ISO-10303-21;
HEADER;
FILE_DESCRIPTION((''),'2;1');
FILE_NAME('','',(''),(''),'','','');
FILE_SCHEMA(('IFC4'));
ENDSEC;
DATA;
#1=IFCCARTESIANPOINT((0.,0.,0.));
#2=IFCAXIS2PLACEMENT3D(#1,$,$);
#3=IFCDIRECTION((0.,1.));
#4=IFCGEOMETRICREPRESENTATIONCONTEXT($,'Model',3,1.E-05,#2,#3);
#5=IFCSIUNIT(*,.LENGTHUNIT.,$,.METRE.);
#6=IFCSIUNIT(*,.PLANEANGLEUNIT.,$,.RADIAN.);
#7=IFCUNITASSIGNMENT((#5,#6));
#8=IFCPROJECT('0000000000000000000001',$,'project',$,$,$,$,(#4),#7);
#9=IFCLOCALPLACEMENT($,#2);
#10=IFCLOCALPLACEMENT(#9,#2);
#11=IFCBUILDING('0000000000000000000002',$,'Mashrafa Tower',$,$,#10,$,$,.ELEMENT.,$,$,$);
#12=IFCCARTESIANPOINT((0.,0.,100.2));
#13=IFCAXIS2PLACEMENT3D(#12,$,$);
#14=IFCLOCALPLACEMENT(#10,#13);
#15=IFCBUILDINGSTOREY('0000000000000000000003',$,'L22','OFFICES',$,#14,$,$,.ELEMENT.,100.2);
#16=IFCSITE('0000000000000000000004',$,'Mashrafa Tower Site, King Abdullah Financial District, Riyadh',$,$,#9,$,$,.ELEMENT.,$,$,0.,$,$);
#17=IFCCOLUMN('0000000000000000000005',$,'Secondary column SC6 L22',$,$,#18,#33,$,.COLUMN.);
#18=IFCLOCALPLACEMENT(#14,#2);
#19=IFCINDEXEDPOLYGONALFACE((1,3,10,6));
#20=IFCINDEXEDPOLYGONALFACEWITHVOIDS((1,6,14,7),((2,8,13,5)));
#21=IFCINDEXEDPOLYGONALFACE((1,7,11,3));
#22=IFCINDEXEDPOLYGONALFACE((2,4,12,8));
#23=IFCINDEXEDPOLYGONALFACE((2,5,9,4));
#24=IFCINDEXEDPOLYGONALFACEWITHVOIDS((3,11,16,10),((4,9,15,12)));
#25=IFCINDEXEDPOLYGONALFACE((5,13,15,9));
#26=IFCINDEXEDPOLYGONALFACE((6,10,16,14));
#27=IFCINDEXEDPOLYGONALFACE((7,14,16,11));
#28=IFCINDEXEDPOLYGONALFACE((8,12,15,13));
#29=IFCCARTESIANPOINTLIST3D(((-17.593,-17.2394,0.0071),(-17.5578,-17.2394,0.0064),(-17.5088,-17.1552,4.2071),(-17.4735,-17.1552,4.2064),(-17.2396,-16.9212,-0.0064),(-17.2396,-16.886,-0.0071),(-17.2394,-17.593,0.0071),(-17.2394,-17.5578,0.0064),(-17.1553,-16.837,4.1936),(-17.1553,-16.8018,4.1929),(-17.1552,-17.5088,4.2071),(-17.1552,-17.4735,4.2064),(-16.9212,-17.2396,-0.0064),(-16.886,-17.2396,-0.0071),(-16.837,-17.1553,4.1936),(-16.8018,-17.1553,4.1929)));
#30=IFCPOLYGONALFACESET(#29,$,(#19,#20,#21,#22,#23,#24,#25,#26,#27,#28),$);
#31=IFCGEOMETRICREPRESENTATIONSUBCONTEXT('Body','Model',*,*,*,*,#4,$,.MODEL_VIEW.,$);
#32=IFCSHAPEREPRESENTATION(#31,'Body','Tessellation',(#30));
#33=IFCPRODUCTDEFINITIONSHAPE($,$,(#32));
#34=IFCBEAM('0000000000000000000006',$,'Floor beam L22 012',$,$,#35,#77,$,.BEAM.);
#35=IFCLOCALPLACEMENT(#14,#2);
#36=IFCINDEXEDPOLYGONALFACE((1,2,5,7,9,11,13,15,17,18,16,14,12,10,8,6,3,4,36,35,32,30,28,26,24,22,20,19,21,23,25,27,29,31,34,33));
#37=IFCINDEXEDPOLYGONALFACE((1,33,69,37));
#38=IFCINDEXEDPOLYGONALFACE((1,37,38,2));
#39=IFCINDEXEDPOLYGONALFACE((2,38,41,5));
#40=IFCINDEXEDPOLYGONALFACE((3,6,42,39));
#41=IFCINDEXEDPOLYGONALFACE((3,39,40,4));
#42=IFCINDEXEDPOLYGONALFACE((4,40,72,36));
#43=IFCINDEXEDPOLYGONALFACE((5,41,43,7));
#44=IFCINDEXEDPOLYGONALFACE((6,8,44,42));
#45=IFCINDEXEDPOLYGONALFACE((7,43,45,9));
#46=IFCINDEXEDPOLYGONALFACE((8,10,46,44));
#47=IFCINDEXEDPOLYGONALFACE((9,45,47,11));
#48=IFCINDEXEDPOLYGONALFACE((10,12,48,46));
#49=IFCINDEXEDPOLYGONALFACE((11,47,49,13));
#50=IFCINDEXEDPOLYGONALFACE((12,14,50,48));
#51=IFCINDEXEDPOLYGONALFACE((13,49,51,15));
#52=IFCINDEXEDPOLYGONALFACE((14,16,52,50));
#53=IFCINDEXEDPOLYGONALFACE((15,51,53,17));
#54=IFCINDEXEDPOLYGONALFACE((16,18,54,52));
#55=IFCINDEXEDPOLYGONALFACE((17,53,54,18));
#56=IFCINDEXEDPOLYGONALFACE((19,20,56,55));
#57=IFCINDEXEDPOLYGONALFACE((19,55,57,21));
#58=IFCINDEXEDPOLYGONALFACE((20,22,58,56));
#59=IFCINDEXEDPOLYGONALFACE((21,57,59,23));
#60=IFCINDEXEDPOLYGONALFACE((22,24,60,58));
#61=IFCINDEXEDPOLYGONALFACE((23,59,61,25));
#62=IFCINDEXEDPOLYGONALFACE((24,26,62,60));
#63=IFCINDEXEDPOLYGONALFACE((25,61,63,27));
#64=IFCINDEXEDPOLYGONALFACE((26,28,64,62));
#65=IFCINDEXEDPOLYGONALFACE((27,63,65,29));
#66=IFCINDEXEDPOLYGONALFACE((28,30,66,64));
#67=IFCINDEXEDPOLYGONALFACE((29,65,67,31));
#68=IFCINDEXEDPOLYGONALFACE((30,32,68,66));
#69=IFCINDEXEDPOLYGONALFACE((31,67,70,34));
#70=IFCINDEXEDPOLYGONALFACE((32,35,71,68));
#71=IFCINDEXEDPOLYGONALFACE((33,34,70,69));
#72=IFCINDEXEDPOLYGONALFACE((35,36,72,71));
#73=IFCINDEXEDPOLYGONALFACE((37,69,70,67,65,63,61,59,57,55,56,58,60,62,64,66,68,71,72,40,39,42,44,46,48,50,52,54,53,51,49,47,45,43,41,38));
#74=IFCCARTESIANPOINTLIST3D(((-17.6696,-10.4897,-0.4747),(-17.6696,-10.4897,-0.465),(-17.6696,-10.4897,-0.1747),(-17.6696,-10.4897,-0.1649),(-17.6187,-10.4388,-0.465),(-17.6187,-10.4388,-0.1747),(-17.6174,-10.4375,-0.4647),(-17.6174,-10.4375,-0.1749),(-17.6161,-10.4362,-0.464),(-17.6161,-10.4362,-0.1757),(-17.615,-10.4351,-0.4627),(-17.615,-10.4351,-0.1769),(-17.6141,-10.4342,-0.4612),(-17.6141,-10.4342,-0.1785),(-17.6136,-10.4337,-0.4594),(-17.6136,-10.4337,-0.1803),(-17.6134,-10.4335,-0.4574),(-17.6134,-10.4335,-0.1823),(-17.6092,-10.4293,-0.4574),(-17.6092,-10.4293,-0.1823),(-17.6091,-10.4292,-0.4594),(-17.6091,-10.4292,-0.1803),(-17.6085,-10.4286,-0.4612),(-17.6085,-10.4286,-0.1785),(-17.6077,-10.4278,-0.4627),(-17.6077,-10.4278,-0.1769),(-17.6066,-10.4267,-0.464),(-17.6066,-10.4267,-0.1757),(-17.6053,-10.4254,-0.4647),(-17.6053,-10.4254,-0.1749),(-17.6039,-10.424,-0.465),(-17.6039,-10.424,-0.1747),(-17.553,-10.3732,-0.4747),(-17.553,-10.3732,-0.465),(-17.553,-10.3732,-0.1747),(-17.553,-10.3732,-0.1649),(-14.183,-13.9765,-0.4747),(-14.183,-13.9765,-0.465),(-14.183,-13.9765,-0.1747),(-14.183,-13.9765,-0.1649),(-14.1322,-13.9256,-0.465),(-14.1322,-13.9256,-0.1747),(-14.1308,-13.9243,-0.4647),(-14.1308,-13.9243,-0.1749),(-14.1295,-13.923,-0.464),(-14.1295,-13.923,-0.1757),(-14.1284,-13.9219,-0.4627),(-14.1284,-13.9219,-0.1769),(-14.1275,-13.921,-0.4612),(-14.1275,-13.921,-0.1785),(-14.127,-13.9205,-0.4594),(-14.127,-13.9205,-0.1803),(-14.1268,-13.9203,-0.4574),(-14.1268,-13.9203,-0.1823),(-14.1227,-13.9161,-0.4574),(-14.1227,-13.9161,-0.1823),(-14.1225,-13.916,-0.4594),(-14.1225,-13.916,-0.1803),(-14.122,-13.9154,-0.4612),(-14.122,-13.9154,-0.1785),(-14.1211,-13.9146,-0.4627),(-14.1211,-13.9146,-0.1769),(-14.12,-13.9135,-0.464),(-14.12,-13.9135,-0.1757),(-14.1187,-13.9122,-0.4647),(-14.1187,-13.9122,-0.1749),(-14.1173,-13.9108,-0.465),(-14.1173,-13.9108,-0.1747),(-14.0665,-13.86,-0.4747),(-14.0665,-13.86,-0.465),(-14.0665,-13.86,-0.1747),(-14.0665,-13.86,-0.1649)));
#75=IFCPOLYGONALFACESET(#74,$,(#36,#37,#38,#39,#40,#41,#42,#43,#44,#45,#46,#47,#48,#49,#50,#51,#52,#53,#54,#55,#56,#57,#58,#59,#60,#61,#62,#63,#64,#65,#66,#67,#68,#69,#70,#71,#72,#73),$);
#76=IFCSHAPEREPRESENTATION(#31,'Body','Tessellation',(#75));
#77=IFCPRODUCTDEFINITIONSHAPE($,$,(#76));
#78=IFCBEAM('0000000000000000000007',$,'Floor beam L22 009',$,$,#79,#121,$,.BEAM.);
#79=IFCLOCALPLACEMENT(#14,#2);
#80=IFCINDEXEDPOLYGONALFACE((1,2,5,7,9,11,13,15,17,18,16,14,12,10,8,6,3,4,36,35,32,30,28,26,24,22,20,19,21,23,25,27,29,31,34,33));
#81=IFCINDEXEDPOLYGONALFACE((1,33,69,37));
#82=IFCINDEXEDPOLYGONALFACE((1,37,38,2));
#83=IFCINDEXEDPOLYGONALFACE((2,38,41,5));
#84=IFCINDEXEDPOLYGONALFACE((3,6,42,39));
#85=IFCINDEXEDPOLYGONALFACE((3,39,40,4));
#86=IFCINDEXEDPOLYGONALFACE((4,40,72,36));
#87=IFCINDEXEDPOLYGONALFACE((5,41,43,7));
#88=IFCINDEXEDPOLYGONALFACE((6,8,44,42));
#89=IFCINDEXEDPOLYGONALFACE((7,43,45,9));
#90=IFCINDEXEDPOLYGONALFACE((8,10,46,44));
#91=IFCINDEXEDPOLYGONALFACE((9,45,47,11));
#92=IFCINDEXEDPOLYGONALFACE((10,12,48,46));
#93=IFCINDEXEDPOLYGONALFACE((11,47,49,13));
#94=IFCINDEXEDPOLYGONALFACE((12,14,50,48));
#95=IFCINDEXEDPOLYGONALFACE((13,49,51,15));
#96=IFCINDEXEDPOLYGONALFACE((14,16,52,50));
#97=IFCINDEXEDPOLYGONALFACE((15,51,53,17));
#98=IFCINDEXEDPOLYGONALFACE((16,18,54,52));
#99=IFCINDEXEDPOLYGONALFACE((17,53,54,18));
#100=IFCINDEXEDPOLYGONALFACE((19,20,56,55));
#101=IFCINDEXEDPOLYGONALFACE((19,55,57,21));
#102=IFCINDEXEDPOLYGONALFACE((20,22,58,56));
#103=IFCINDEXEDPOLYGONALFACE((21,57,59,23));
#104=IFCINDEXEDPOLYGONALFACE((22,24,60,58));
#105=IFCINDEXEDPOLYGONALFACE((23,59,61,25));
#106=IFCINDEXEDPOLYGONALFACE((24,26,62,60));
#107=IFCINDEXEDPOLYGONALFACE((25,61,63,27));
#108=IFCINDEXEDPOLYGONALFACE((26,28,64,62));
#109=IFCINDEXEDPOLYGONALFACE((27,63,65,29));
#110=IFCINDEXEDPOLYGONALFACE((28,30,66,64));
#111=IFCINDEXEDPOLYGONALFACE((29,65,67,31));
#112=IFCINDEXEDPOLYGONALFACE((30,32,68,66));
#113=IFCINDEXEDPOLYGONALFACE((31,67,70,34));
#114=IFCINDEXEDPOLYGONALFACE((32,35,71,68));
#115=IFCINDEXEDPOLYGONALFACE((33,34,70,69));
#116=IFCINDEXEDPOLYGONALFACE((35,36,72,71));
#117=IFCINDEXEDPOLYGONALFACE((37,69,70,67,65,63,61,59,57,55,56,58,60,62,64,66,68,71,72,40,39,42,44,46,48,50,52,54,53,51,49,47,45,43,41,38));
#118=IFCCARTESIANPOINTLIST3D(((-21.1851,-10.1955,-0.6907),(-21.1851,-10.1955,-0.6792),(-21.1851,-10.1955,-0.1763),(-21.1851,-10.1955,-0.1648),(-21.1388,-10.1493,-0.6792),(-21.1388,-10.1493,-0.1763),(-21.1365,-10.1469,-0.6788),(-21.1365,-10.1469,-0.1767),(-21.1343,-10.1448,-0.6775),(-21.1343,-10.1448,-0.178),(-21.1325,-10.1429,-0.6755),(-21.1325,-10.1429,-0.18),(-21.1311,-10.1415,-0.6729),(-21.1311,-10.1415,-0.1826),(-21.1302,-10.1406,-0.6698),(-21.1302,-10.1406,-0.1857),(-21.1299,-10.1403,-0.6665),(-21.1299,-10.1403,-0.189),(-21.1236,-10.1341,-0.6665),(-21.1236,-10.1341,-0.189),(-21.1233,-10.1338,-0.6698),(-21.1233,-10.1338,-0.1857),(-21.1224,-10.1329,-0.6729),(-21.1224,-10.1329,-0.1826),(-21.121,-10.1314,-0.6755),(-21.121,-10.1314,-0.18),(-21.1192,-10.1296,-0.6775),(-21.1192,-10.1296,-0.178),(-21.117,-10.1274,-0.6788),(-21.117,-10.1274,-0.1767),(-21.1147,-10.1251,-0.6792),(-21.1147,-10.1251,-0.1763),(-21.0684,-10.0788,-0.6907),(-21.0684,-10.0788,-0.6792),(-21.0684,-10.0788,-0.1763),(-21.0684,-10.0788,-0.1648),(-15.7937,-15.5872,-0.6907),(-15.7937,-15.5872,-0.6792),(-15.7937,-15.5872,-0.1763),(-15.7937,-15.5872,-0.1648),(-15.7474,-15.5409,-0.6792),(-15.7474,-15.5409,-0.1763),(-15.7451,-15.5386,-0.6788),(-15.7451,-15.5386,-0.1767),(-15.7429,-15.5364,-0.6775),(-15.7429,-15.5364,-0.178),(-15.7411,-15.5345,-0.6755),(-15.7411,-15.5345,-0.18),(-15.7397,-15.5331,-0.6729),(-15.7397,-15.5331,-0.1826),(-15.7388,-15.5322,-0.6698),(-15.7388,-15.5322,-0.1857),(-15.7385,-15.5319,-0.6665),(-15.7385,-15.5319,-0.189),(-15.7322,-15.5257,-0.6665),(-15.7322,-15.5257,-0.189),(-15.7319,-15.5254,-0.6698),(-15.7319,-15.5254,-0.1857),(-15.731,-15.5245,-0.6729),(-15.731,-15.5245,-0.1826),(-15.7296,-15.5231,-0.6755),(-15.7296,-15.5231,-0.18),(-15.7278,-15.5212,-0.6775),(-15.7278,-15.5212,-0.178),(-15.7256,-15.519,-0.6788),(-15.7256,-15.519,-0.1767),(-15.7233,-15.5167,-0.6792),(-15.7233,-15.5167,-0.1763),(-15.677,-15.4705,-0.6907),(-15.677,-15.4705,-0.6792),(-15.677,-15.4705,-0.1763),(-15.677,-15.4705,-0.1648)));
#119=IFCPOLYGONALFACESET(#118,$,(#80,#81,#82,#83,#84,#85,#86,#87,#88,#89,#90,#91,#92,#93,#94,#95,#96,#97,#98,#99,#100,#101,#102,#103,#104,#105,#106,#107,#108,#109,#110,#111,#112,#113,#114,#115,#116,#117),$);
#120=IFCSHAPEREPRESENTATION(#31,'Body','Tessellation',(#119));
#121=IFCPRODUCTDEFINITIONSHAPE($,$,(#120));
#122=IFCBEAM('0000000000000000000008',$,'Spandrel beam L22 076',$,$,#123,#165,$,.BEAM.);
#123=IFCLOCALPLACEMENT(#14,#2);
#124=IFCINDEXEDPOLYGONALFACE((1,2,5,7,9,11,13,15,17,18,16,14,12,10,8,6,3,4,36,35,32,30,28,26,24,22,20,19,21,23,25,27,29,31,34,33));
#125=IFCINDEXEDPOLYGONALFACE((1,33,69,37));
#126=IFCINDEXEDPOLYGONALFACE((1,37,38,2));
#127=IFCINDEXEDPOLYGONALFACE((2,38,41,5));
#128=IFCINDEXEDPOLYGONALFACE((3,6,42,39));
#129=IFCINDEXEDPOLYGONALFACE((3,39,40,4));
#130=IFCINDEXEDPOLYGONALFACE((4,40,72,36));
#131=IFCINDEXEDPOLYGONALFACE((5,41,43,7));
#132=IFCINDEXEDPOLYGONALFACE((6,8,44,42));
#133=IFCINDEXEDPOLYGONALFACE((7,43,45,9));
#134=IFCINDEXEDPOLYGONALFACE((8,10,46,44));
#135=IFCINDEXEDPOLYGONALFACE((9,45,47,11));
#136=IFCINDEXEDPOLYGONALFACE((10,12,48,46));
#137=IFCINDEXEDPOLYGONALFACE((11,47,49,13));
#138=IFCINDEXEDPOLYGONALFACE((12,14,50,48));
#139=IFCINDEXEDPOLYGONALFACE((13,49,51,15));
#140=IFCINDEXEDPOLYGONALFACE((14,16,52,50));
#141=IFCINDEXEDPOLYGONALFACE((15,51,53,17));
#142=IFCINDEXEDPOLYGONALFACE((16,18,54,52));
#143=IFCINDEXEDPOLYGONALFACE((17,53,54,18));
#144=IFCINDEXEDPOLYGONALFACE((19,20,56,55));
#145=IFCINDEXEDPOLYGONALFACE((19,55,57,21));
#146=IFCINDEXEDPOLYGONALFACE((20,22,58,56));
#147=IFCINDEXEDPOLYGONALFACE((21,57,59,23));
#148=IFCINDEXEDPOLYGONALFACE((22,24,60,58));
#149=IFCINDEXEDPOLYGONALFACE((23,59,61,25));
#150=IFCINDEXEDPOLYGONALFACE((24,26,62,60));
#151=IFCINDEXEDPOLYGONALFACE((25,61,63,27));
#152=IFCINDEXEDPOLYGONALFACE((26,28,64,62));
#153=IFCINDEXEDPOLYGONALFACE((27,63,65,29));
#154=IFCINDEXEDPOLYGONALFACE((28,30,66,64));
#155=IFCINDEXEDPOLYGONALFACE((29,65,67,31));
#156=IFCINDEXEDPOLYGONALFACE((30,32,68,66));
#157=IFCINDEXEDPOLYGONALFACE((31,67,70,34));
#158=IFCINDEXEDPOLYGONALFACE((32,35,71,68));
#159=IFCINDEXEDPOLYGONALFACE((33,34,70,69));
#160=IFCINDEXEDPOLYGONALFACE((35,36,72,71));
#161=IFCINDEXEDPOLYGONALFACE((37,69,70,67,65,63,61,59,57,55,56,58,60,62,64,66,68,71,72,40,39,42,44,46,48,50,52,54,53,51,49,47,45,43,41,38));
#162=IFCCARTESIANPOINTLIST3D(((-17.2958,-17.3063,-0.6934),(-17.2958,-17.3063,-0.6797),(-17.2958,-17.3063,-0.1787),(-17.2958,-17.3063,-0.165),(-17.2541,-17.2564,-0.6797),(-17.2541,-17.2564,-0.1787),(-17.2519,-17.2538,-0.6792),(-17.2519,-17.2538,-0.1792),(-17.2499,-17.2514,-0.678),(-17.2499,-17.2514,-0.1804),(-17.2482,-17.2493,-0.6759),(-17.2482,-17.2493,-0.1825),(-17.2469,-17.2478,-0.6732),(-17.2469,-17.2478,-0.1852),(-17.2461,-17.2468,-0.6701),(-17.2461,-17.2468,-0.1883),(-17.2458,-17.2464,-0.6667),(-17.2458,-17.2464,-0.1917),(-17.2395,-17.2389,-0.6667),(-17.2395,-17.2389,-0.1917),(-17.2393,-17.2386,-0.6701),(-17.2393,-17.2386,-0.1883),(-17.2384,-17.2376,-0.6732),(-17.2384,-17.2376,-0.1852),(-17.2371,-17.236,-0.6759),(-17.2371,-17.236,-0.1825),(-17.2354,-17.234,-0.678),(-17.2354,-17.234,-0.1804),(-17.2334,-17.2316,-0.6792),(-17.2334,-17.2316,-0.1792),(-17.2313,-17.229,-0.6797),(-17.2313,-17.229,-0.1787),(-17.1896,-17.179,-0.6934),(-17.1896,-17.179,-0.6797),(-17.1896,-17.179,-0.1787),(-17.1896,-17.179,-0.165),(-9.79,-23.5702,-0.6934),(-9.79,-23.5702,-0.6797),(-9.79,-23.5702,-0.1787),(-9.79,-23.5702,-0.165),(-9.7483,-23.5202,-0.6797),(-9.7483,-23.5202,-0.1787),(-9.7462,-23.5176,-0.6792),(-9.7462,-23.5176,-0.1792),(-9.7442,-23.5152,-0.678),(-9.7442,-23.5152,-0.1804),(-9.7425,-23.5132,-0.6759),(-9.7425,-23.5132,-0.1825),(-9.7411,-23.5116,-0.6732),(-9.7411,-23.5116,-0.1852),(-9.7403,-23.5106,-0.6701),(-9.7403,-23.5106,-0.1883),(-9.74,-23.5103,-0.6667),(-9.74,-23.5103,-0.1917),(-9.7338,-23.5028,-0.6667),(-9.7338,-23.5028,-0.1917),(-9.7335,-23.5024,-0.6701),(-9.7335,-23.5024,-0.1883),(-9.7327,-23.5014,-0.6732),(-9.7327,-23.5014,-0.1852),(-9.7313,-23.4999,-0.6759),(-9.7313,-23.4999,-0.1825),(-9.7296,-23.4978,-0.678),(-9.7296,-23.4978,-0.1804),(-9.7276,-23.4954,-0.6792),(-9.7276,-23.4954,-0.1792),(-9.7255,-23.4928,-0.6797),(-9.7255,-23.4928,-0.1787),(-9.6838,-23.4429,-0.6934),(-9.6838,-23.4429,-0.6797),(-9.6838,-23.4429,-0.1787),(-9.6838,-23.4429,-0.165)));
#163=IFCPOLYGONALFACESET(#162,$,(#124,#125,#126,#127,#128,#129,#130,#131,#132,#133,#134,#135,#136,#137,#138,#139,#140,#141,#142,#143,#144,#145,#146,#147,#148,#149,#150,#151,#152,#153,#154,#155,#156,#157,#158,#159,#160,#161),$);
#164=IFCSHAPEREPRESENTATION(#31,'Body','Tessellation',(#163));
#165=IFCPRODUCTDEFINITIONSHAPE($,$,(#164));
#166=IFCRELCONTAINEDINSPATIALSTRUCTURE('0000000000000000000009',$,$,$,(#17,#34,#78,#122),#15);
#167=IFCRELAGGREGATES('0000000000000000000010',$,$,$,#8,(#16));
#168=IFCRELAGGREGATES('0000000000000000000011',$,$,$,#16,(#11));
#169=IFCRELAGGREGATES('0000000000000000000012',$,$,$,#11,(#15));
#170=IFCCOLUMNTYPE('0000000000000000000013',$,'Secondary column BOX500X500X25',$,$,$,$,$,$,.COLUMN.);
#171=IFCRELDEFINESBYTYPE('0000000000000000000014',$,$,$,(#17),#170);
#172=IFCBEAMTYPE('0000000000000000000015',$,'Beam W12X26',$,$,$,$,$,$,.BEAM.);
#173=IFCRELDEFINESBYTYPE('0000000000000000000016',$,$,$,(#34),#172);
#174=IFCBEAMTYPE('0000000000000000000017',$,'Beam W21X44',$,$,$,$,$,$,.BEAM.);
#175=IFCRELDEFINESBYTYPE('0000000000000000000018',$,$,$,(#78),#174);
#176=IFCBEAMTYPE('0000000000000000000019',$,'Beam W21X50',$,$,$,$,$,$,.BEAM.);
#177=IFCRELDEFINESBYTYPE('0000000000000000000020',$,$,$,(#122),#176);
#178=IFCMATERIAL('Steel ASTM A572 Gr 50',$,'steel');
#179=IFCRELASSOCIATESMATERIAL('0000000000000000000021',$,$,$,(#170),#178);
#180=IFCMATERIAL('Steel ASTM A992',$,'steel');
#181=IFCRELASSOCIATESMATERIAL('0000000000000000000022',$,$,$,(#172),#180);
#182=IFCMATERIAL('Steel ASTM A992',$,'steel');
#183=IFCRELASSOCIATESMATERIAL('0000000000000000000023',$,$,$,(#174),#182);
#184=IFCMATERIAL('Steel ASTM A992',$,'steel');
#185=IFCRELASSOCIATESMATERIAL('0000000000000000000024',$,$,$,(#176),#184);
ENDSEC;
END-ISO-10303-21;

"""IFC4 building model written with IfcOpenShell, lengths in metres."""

from ifc_helpers import new_model, si_unit, direction, frame, origin, origin_2d, place, context, subcontext, project, spatial, hollow_rectangle, i_section, extrude, material, material_profile, profile_set, type_object, element, save


model = new_model("IFC4")

# Units and contexts
model_context = context("Model", 3, precision=1e-05, world=origin(), true_north=direction((0.0, 1.0)))
body_context = subcontext(model_context, "Body", "Model", "MODEL_VIEW")
ifc_project = project(units=[si_unit("LENGTHUNIT", "METRE"), si_unit("PLANEANGLEUNIT", "RADIAN")], contexts=[model_context])

# Site, building, storey
site_placement = place(None, origin())
site = spatial("IfcSite", under=ifc_project, at=site_placement, Name="Mashrafa Tower Site, King Abdullah Financial District, Riyadh", CompositionType="ELEMENT", RefElevation=0.0)
building_placement = place(site_placement, origin())
building = spatial("IfcBuilding", under=site, at=building_placement, Name="Mashrafa Tower", CompositionType="ELEMENT")
storey_placement = place(building_placement, frame((0.0, 0.0, 100.2)))
storey = spatial("IfcBuildingStorey", under=building, at=storey_placement, Name="L22", Description="OFFICES", CompositionType="ELEMENT", Elevation=100.2)

# Column
ifc_material_1 = material(Name="Steel ASTM A572 Gr 50", Category="steel")
ifc_material_profile_1 = material_profile(ifc_material_1, hollow_rectangle(XDim=0.5, YDim=0.5, WallThickness=0.0249, at=origin_2d()), Name="BOX500X500X25")
ifc_profile_set_1 = profile_set([ifc_material_profile_1], Name="Steel ASTM A572 Gr 50")
column_type = type_object("IfcColumnType", Name="Secondary column BOX500X500X25", PredefinedType="COLUMN", material=ifc_profile_set_1)
column_placement = place(storey_placement, frame((-17.2395, -17.2395, 0.0), z_axis=(0.020047, 0.020047, 0.999598), x_axis=(-0.707107, 0.707107, 0.0)))
element("IfcColumn", 1, at=column_placement, inside=storey, type_object=column_type, Name="Secondary column SC6 L22", PredefinedType="COLUMN", context=body_context, shape_type="SweptSolid", body=[
    extrude(hollow_rectangle(XDim=0.5, YDim=0.5, WallThickness=0.0249, at=origin_2d()), origin(), (0.0, 0.0, 1.0), 4.2017),
])

# Beams
ifc_material_2 = material(Name="Steel ASTM A992", Category="steel")
ifc_material_profile_2 = material_profile(ifc_material_2, i_section(OverallWidth=0.1648, OverallDepth=0.3098, WebThickness=0.0059, FlangeThickness=0.0098, FilletRadius=0.0076, at=origin_2d()), Name="W12X26")
ifc_profile_set_2 = profile_set([ifc_material_profile_2], Name="Steel ASTM A992")
beam_type_1 = type_object("IfcBeamType", Name="Beam W12X26", PredefinedType="BEAM", material=ifc_profile_set_2)
beam_1_placement = place(storey_placement, frame((-14.1248, -13.9182, -0.3198), z_axis=(-0.707082, 0.707132, 0.0), x_axis=(-0.707132, -0.707082, 0.0)))
element("IfcBeam", 2, at=beam_1_placement, inside=storey, type_object=beam_type_1, Name="Floor beam L22 012", PredefinedType="BEAM", context=body_context, shape_type="SweptSolid", body=[
    extrude(i_section(OverallWidth=0.1648, OverallDepth=0.3098, WebThickness=0.0059, FlangeThickness=0.0098, FilletRadius=0.0076, at=origin_2d()), origin(), (0.0, 0.0, 1.0), 4.9309),
])
ifc_material_3 = material(Name="Steel ASTM A992", Category="steel")
ifc_material_profile_3 = material_profile(ifc_material_3, i_section(OverallWidth=0.165, OverallDepth=0.5259, WebThickness=0.0088, FlangeThickness=0.0115, FilletRadius=0.0127, at=origin_2d()), Name="W21X44")
ifc_profile_set_3 = profile_set([ifc_material_profile_3], Name="Steel ASTM A992")
beam_type_2 = type_object("IfcBeamType", Name="Beam W21X44", PredefinedType="BEAM", material=ifc_profile_set_3)
beam_2_placement = place(storey_placement, frame((-15.7354, -15.5288, -0.4277), z_axis=(-0.707091, 0.707123, 0.0), x_axis=(-0.707123, -0.707091, 0.0)))
element("IfcBeam", 3, at=beam_2_placement, inside=storey, type_object=beam_type_2, Name="Floor beam L22 009", PredefinedType="BEAM", context=body_context, shape_type="SweptSolid", body=[
    extrude(i_section(OverallWidth=0.165, OverallDepth=0.5259, WebThickness=0.0088, FlangeThickness=0.0115, FilletRadius=0.0127, at=origin_2d()), origin(), (0.0, 0.0, 1.0), 7.6248),
])
ifc_material_4 = material(Name="Steel ASTM A992", Category="steel")
ifc_material_profile_4 = material_profile(ifc_material_4, i_section(OverallWidth=0.1658, OverallDepth=0.5283, WebThickness=0.0098, FlangeThickness=0.0137, FilletRadius=0.0129, at=origin_2d()), Name="W21X50")
ifc_profile_set_4 = profile_set([ifc_material_profile_4], Name="Steel ASTM A992")
beam_type_3 = type_object("IfcBeamType", Name="Beam W21X50", PredefinedType="BEAM", material=ifc_profile_set_4)
beam_3_placement = place(storey_placement, frame((-17.2427, -17.2427, -0.4292), z_axis=(0.767767, -0.64073, 0.0), x_axis=(0.64073, 0.767767, 0.0)))
element("IfcBeam", 4, at=beam_3_placement, inside=storey, type_object=beam_type_3, Name="Spandrel beam L22 076", PredefinedType="BEAM", context=body_context, shape_type="SweptSolid", body=[
    extrude(i_section(OverallWidth=0.1658, OverallDepth=0.5283, WebThickness=0.0098, FlangeThickness=0.0137, FilletRadius=0.0129, at=origin_2d()), origin(), (0.0, 0.0, 1.0), 9.7761),
])

save(model, "model.ifc")
